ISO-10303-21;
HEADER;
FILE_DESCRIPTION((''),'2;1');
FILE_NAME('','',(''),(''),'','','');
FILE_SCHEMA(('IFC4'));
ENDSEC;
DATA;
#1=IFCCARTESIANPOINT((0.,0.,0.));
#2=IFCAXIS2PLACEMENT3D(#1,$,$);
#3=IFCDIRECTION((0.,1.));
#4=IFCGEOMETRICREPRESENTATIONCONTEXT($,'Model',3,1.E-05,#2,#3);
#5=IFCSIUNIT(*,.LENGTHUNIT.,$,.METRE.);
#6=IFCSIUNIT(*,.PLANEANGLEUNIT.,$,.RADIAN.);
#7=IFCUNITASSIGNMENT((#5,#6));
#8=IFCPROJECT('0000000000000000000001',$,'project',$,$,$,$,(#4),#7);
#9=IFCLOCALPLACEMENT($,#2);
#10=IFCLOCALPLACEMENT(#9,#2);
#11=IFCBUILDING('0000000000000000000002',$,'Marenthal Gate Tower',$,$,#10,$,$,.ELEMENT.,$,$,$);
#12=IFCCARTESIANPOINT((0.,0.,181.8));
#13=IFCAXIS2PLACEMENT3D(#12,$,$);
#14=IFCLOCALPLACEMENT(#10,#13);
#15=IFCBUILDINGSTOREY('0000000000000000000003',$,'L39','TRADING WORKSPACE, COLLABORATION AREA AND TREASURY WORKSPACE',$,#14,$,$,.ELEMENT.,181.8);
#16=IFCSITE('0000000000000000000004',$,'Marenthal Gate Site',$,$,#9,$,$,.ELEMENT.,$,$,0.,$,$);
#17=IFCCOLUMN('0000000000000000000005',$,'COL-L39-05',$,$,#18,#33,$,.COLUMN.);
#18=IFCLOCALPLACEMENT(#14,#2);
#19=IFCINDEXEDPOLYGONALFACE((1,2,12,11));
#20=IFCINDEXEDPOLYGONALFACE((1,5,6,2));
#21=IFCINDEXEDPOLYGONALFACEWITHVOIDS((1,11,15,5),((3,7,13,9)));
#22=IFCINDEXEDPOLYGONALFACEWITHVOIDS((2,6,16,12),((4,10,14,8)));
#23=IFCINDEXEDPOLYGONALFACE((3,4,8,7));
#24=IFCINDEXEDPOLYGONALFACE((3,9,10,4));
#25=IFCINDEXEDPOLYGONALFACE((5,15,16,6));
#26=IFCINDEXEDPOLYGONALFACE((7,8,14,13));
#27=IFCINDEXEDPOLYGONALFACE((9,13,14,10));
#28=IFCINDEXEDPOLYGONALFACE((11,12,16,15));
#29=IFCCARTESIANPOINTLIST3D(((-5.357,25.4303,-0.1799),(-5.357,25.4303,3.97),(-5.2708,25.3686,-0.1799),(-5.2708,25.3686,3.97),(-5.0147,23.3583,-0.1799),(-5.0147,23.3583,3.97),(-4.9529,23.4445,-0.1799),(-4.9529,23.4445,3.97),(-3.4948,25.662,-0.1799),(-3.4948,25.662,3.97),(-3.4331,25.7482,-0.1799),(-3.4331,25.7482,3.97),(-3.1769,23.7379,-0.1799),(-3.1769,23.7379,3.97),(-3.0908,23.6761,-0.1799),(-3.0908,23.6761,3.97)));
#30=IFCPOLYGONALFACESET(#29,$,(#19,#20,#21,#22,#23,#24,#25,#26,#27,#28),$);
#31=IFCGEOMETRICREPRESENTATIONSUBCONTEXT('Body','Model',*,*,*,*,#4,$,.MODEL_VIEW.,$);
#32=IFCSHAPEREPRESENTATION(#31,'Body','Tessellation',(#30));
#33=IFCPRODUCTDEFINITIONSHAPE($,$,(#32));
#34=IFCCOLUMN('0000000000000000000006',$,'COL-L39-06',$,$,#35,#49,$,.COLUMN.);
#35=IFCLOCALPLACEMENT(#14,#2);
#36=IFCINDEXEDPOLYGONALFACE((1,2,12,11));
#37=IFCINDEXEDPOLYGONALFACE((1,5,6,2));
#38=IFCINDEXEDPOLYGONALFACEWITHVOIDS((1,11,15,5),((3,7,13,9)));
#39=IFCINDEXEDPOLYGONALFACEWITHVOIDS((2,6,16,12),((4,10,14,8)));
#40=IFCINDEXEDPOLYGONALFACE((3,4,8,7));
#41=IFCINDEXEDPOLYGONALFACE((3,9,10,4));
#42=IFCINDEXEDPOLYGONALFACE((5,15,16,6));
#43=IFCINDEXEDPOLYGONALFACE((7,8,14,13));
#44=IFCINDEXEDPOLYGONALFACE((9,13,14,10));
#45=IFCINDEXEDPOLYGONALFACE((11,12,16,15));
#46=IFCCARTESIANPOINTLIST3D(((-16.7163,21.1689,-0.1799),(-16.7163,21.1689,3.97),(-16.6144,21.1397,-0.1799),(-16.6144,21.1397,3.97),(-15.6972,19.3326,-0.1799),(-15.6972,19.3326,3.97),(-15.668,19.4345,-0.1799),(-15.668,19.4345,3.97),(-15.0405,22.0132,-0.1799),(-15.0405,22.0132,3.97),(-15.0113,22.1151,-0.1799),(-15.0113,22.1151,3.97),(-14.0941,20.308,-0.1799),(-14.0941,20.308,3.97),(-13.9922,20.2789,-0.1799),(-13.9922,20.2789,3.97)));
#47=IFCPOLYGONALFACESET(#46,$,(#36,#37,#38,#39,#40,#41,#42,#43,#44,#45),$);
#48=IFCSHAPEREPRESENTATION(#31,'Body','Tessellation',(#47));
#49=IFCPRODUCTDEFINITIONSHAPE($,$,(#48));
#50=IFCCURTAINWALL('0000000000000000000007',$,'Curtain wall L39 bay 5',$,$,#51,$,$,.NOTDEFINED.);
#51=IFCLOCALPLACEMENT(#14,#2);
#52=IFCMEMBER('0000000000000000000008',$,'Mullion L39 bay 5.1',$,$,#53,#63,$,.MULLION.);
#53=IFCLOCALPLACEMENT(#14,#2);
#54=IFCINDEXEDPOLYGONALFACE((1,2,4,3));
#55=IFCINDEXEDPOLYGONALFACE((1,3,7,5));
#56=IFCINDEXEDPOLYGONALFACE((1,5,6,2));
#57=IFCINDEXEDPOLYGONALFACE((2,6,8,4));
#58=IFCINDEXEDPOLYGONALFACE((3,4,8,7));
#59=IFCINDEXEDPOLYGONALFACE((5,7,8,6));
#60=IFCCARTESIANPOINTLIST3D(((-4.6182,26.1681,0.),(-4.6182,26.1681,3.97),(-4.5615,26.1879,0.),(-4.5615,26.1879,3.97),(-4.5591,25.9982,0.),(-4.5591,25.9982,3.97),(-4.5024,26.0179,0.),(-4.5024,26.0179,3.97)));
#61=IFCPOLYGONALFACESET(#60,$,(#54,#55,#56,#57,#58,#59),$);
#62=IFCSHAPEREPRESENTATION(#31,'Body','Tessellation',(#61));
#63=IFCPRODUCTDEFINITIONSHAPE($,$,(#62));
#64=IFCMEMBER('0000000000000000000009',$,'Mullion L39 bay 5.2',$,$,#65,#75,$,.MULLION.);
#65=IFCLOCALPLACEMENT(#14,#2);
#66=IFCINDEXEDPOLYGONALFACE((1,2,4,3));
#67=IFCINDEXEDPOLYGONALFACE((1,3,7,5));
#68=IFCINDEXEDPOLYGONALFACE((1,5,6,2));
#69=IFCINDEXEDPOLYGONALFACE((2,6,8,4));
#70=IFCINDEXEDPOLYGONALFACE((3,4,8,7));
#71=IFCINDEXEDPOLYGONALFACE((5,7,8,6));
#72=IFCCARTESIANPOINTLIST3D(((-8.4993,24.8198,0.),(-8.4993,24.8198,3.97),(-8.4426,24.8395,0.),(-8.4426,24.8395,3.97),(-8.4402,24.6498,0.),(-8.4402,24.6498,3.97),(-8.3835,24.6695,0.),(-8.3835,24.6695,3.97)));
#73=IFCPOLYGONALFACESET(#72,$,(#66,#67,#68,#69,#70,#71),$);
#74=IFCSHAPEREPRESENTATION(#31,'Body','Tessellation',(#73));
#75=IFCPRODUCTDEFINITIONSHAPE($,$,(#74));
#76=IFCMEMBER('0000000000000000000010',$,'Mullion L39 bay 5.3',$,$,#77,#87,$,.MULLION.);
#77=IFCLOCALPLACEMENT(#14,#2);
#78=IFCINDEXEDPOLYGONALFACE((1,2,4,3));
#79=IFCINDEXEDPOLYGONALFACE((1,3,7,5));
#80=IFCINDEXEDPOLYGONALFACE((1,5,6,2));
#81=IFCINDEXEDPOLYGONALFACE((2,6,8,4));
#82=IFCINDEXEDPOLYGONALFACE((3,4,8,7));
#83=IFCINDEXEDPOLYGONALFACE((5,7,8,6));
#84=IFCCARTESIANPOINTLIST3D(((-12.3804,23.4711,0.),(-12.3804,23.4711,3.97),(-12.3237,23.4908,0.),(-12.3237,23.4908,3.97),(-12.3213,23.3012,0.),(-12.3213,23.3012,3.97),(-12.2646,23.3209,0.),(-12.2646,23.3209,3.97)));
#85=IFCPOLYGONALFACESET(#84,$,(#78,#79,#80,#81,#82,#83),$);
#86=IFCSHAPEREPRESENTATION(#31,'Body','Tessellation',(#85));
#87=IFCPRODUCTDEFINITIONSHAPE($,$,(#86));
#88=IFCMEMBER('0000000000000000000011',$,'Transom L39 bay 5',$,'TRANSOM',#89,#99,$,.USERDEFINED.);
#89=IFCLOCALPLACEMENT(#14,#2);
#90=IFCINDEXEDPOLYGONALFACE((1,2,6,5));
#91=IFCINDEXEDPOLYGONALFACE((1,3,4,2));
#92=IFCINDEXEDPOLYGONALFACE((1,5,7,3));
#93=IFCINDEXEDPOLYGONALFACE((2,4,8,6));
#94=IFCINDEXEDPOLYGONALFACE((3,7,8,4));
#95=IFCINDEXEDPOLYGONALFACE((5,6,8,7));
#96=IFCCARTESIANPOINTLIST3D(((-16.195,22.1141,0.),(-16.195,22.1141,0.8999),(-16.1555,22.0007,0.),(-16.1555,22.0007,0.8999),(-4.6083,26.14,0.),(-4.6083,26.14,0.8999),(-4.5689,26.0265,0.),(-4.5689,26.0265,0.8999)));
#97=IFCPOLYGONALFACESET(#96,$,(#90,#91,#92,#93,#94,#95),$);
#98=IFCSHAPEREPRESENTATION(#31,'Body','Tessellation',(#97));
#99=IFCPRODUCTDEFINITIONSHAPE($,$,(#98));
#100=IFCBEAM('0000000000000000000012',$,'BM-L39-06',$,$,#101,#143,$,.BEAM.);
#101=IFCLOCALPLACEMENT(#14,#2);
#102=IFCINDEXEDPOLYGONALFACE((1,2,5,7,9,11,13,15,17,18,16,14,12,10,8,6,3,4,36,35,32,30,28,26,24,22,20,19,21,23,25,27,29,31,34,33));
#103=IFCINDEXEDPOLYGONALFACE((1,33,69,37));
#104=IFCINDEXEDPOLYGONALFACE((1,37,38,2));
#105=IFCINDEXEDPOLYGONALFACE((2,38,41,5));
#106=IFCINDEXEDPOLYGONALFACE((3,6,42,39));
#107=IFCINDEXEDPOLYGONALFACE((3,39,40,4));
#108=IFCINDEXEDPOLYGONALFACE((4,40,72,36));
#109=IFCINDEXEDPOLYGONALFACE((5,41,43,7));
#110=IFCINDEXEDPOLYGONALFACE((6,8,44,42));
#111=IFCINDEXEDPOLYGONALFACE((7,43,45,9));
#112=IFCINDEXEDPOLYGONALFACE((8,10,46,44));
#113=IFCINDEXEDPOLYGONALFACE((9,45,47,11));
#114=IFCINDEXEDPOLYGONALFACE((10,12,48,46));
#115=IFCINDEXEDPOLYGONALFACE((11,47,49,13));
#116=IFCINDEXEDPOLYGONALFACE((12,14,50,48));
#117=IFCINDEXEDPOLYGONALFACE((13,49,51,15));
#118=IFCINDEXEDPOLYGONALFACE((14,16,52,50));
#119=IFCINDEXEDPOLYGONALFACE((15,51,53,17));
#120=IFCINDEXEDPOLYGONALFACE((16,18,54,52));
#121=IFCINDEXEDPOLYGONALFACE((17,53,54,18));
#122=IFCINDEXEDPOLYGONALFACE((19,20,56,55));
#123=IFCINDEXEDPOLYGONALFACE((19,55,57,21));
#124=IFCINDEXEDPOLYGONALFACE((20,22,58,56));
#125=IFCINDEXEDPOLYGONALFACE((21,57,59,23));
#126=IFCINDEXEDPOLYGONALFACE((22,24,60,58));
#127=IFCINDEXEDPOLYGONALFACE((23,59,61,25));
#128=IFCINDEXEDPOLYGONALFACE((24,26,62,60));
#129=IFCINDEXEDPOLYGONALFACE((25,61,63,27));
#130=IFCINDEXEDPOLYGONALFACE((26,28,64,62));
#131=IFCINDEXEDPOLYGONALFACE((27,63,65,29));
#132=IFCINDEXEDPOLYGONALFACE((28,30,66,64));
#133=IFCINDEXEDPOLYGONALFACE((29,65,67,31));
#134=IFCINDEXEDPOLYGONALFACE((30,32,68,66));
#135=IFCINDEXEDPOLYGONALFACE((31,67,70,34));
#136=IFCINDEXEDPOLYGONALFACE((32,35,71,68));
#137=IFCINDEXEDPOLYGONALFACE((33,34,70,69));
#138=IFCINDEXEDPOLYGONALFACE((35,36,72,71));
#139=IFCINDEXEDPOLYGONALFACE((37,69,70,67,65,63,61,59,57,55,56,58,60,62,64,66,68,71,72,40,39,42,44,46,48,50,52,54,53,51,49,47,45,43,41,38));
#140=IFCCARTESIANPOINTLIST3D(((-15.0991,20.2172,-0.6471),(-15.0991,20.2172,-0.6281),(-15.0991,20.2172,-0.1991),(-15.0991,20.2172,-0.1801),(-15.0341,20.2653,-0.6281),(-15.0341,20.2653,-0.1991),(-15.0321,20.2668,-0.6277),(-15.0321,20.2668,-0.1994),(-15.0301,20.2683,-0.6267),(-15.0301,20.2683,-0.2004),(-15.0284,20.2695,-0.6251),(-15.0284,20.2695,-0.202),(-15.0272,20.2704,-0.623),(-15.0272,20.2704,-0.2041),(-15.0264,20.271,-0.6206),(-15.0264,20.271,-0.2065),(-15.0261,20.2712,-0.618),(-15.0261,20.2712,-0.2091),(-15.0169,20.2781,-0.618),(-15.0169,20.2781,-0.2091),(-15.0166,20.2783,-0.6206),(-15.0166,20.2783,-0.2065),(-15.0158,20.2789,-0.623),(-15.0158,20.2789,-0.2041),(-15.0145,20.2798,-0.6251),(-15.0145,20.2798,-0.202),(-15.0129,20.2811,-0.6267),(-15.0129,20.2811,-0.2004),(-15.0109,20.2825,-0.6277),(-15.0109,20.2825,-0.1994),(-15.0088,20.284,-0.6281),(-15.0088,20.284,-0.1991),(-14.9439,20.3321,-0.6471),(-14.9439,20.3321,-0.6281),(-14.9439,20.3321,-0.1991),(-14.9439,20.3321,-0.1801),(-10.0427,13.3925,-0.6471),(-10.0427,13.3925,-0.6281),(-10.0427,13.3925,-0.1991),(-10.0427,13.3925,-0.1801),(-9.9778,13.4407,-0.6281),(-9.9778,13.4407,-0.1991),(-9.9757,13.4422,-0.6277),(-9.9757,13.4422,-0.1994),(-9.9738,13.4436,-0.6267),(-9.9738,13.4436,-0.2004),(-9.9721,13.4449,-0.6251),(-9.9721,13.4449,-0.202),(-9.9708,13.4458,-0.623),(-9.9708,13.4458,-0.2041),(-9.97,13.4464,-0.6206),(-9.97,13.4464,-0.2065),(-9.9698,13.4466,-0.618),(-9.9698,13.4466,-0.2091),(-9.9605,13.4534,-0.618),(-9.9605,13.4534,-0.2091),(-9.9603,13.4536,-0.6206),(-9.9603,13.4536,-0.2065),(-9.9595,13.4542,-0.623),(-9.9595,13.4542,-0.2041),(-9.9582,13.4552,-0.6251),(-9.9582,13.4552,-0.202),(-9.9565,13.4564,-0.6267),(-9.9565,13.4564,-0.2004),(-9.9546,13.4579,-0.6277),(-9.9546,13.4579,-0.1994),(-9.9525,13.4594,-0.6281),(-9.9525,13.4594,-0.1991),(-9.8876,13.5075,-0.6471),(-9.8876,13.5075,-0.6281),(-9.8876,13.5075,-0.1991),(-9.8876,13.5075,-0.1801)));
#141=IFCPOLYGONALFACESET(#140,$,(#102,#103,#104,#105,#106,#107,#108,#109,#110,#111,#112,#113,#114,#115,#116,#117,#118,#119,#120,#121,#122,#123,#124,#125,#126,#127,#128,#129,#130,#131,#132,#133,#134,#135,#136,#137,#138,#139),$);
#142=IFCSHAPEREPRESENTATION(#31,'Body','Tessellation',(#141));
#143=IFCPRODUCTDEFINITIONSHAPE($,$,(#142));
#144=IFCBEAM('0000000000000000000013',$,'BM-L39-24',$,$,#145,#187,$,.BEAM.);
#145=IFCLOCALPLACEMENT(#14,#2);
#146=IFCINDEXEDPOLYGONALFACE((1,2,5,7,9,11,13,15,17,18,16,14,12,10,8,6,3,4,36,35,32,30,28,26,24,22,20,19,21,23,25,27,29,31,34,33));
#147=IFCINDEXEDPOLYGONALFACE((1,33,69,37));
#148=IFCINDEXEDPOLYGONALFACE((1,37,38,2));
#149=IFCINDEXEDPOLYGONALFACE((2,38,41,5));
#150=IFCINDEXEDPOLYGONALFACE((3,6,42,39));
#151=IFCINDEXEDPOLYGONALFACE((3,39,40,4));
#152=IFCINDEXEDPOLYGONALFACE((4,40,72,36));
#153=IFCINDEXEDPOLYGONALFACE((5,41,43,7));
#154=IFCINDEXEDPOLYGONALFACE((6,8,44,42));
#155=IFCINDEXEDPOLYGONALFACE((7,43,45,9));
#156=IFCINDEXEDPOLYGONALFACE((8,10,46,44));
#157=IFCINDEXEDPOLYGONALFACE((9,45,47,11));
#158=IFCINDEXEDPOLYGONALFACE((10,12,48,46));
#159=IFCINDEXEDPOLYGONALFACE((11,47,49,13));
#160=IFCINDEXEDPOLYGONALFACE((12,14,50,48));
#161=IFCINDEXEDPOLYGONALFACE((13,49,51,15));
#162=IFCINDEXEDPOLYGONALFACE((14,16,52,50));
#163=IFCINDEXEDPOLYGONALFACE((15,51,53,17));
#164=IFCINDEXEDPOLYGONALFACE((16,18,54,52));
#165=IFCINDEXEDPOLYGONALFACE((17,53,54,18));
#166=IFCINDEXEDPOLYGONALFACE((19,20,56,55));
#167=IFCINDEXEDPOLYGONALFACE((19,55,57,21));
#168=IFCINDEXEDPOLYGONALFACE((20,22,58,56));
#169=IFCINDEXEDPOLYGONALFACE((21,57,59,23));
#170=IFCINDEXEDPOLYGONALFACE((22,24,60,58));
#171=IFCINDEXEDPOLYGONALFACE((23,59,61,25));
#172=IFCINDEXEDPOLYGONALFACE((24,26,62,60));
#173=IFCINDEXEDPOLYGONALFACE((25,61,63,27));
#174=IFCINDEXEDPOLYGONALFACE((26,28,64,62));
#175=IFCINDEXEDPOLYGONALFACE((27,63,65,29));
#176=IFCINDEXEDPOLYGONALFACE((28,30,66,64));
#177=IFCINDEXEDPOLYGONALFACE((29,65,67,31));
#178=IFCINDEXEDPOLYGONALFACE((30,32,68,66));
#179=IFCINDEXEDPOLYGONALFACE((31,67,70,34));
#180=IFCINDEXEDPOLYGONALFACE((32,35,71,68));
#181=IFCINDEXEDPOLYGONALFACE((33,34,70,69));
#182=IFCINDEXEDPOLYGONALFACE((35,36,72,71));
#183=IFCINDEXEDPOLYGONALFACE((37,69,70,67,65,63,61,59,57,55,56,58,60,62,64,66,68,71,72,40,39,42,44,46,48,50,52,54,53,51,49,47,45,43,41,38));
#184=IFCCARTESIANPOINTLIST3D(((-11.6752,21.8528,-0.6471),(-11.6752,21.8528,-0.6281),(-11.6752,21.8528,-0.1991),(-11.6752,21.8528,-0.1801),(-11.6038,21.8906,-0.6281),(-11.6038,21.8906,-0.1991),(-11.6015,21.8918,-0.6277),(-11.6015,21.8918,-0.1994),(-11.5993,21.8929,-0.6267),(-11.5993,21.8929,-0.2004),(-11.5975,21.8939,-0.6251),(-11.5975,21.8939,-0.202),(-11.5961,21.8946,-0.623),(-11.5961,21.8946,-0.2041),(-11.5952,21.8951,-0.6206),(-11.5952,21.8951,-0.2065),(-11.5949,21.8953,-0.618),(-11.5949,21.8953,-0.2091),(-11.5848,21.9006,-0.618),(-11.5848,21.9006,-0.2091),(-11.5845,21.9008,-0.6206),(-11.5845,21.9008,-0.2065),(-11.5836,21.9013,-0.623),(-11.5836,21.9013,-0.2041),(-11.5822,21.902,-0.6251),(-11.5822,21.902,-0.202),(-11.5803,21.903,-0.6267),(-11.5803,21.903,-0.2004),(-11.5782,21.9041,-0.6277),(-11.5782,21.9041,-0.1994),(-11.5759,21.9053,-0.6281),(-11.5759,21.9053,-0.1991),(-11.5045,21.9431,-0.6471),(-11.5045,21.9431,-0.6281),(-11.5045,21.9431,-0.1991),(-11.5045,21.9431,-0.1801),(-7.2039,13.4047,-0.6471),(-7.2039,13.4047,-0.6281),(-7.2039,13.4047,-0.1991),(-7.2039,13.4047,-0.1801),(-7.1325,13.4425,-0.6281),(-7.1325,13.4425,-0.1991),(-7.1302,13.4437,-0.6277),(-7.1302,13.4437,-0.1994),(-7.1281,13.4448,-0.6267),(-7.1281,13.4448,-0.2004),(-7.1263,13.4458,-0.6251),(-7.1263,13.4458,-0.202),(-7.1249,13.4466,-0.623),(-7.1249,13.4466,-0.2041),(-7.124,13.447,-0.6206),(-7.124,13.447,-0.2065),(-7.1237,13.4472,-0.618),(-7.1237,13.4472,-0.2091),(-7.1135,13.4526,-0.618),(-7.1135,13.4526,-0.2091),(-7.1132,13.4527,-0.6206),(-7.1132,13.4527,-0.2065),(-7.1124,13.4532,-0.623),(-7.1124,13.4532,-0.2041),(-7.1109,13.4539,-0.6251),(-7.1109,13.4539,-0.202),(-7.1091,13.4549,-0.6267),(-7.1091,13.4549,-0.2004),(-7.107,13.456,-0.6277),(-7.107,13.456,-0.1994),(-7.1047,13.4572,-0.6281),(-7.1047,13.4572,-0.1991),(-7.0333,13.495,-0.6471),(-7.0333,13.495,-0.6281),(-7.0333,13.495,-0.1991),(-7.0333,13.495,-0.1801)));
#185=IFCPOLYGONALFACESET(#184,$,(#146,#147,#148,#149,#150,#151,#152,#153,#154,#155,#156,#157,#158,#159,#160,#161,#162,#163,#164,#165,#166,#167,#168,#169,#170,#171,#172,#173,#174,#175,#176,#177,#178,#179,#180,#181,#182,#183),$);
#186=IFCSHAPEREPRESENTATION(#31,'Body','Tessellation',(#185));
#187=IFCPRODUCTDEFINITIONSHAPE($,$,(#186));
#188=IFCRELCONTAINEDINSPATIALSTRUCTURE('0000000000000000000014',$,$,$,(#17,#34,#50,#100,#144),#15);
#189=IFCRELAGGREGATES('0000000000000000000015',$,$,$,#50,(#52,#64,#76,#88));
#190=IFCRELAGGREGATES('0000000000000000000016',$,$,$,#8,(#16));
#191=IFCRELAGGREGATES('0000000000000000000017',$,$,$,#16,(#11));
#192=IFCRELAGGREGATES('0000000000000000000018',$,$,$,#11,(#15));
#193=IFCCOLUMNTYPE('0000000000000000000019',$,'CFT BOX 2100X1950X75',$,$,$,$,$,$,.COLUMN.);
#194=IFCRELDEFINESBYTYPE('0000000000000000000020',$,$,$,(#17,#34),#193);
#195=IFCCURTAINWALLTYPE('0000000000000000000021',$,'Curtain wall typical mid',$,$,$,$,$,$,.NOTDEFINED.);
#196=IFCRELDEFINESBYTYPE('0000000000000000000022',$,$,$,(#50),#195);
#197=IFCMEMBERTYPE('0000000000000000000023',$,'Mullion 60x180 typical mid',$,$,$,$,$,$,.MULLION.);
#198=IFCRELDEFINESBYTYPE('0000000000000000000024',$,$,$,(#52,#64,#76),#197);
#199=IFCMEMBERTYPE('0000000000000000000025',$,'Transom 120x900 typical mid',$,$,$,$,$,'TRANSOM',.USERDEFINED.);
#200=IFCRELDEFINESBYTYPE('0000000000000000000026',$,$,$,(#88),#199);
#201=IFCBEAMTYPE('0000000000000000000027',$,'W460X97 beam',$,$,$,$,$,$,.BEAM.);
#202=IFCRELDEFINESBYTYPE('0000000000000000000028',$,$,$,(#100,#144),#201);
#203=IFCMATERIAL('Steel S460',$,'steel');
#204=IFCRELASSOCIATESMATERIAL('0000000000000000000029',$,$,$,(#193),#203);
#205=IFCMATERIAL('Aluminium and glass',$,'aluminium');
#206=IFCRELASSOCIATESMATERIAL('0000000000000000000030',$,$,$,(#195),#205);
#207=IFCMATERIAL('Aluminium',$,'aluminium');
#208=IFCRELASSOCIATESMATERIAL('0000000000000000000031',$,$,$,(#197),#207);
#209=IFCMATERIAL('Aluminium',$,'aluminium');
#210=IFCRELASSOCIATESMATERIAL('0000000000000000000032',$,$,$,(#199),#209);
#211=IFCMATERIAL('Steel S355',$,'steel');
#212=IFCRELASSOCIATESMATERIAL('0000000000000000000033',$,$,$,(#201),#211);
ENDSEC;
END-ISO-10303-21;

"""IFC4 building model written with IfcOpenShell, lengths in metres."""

from ifc_helpers import new_model, si_unit, direction, frame, origin, origin_2d, place, context, subcontext, project, spatial, rectangle, hollow_rectangle, i_section, extrude, material, material_profile, profile_set, type_object, element, aggregate, save


model = new_model("IFC4")

# Units and contexts
model_context = context("Model", 3, precision=1e-05, world=origin(), true_north=direction((0.0, 1.0)))
body_context = subcontext(model_context, "Body", "Model", "MODEL_VIEW")
ifc_project = project(units=[si_unit("LENGTHUNIT", "METRE"), si_unit("PLANEANGLEUNIT", "RADIAN")], contexts=[model_context])

# Site, building, storey
site_placement = place(None, origin())
site = spatial("IfcSite", under=ifc_project, at=site_placement, Name="Marenthal Gate Site", CompositionType="ELEMENT", RefElevation=0.0)
building_placement = place(site_placement, origin())
building = spatial("IfcBuilding", under=site, at=building_placement, Name="Marenthal Gate Tower", CompositionType="ELEMENT")
storey_placement = place(building_placement, frame((0.0, 0.0, 181.8)))
storey = spatial("IfcBuildingStorey", under=building, at=storey_placement, Name="L39", Description="TRADING WORKSPACE, COLLABORATION AREA AND TREASURY WORKSPACE", CompositionType="ELEMENT", Elevation=181.8)

# Columns
ifc_material_1 = material(Name="Steel S460", Category="steel")
ifc_material_profile_1 = material_profile(ifc_material_1, hollow_rectangle(XDim=1.95, YDim=2.1001, WallThickness=0.075, at=origin_2d()), Name="CFT BOX 2100X1950X75")
ifc_material_2 = material(Name="Concrete 70 MPa", Category="concrete")
ifc_material_profile_2 = material_profile(ifc_material_2, rectangle(XDim=1.8, YDim=1.95, at=origin_2d()), Name="CFT BOX 2100X1950X75 INFILL")
ifc_profile_set_1 = profile_set([ifc_material_profile_1, ifc_material_profile_2], Name="Steel S460 shell, Concrete 70 MPa infill")
column_type = type_object("IfcColumnType", Name="CFT BOX 2100X1950X75", PredefinedType="COLUMN", material=ifc_profile_set_1)
for number, where, z_axis, x_axis, name in (
    (1, (-4.2239, 24.5532, -0.1799), (0.0, 0.0, 1.0), (0.986625, 0.163004, 0.0), "COL-L39-05"),
    (2, (-15.3542, 20.7239, -0.1799), (0.0, 0.0, 1.0), (0.874371, 0.485258, 0.0), "COL-L39-06"),
):
    element("IfcColumn", number, at=place(storey_placement, frame(where, z_axis=z_axis, x_axis=x_axis)), inside=storey, type_object=column_type, Name=name, PredefinedType="COLUMN", context=body_context, shape_type="SweptSolid", body=[
        extrude(hollow_rectangle(XDim=1.95, YDim=2.1001, WallThickness=0.075, at=origin_2d()), origin(), (0.0, 0.0, 1.0), 4.1499),
    ])

# Curtain wall, members
ifc_material_3 = material(Name="Aluminium and glass", Category="aluminium")
curtain_wall_type = type_object("IfcCurtainWallType", Name="Curtain wall typical mid", PredefinedType="NOTDEFINED", material=ifc_material_3)
curtain_wall_placement = place(storey_placement, origin())
curtain_wall = element("IfcCurtainWall", 3, at=curtain_wall_placement, inside=storey, type_object=curtain_wall_type, Name="Curtain wall L39 bay 5", PredefinedType="NOTDEFINED")
ifc_material_4 = material(Name="Aluminium", Category="aluminium")
ifc_material_profile_3 = material_profile(ifc_material_4, rectangle(XDim=0.1799, YDim=0.0601, at=origin_2d()), Name="60x180 aluminium mullion")
ifc_profile_set_2 = profile_set([ifc_material_profile_3], Name="Aluminium")
member_type_1 = type_object("IfcMemberType", Name="Mullion 60x180 typical mid", PredefinedType="MULLION", material=ifc_profile_set_2)
member_1_placement = place(storey_placement, frame((-4.5603, 26.093, 0.0), z_axis=(0.0, 0.0, 1.0), x_axis=(0.328211, -0.944604, 0.0)))
member_1 = element("IfcMember", 4, at=member_1_placement, type_object=member_type_1, Name="Mullion L39 bay 5.1", PredefinedType="MULLION", context=body_context, shape_type="SweptSolid", body=[
    extrude(rectangle(XDim=0.1799, YDim=0.0601, at=origin_2d()), origin(), (0.0, 0.0, 1.0), 3.97),
])
member_2_placement = place(storey_placement, frame((-8.4414, 24.7446, 0.0), z_axis=(0.0, 0.0, 1.0), x_axis=(0.328211, -0.944604, 0.0)))
member_2 = element("IfcMember", 5, at=member_2_placement, type_object=member_type_1, Name="Mullion L39 bay 5.2", PredefinedType="MULLION", context=body_context, shape_type="SweptSolid", body=[
    extrude(rectangle(XDim=0.1799, YDim=0.0601, at=origin_2d()), origin(), (0.0, 0.0, 1.0), 3.97),
])
member_3_placement = place(storey_placement, frame((-12.3225, 23.396, 0.0), z_axis=(0.0, 0.0, 1.0), x_axis=(0.328211, -0.944604, 0.0)))
member_3 = element("IfcMember", 6, at=member_3_placement, type_object=member_type_1, Name="Mullion L39 bay 5.3", PredefinedType="MULLION", context=body_context, shape_type="SweptSolid", body=[
    extrude(rectangle(XDim=0.1799, YDim=0.0601, at=origin_2d()), origin(), (0.0, 0.0, 1.0), 3.97),
])
ifc_material_5 = material(Name="Aluminium", Category="aluminium")
ifc_material_profile_4 = material_profile(ifc_material_5, rectangle(XDim=0.1201, YDim=0.8999, at=origin_2d()), Name="120x900 aluminium transom")
ifc_profile_set_3 = profile_set([ifc_material_profile_4], Name="Aluminium")
member_type_2 = type_object("IfcMemberType", Name="Transom 120x900 typical mid", ElementType="TRANSOM", PredefinedType="USERDEFINED", material=ifc_profile_set_3)
member_4_placement = place(storey_placement, frame((-4.5886, 26.0833, 0.45), z_axis=(-0.944605, -0.32821, 0.0), x_axis=(0.32821, -0.944605, 0.0)))
member_4 = element("IfcMember", 7, at=member_4_placement, type_object=member_type_2, Name="Transom L39 bay 5", ObjectType="TRANSOM", PredefinedType="USERDEFINED", context=body_context, shape_type="SweptSolid", body=[
    extrude(rectangle(XDim=0.1201, YDim=0.8999, at=origin_2d()), origin(), (0.0, 0.0, 1.0), 12.2661),
])

# Beams
ifc_material_6 = material(Name="Steel S355", Category="steel")
ifc_material_profile_5 = material_profile(ifc_material_6, i_section(OverallWidth=0.1931, OverallDepth=0.467, WebThickness=0.0115, FlangeThickness=0.019, FilletRadius=0.01, at=origin_2d()), Name="W460X97")
ifc_profile_set_4 = profile_set([ifc_material_profile_5], Name="Steel S355")
beam_type_1 = type_object("IfcBeamType", Name="W460X97 beam", PredefinedType="BEAM", material=ifc_profile_set_4)
beam_1_placement = place(storey_placement, frame((-15.0215, 20.2747, -0.4136), z_axis=(0.595308, -0.803498, 0.0), x_axis=(0.803498, 0.595308, 0.0)))
element("IfcBeam", 8, at=beam_1_placement, inside=storey, type_object=beam_type_1, Name="BM-L39-06", PredefinedType="BEAM", context=body_context, shape_type="SweptSolid", body=[
    extrude(i_section(OverallWidth=0.1931, OverallDepth=0.467, WebThickness=0.0115, FlangeThickness=0.019, FilletRadius=0.01, at=origin_2d()), origin(), (0.0, 0.0, 1.0), 8.4937),
])
beam_2_placement = place(storey_placement, frame((-11.5898, 21.8979, -0.4136), z_axis=(0.467783, -0.883843, 0.0), x_axis=(0.883843, 0.467783, 0.0)))
element("IfcBeam", 9, at=beam_2_placement, inside=storey, type_object=beam_type_1, Name="BM-L39-24", PredefinedType="BEAM", context=body_context, shape_type="SweptSolid", body=[
    extrude(i_section(OverallWidth=0.1931, OverallDepth=0.467, WebThickness=0.0115, FlangeThickness=0.019, FilletRadius=0.01, at=origin_2d()), origin(), (0.0, 0.0, 1.0), 9.5583),
])

aggregate(curtain_wall, [member_1, member_2, member_3, member_4])

save(model, "model.ifc")
